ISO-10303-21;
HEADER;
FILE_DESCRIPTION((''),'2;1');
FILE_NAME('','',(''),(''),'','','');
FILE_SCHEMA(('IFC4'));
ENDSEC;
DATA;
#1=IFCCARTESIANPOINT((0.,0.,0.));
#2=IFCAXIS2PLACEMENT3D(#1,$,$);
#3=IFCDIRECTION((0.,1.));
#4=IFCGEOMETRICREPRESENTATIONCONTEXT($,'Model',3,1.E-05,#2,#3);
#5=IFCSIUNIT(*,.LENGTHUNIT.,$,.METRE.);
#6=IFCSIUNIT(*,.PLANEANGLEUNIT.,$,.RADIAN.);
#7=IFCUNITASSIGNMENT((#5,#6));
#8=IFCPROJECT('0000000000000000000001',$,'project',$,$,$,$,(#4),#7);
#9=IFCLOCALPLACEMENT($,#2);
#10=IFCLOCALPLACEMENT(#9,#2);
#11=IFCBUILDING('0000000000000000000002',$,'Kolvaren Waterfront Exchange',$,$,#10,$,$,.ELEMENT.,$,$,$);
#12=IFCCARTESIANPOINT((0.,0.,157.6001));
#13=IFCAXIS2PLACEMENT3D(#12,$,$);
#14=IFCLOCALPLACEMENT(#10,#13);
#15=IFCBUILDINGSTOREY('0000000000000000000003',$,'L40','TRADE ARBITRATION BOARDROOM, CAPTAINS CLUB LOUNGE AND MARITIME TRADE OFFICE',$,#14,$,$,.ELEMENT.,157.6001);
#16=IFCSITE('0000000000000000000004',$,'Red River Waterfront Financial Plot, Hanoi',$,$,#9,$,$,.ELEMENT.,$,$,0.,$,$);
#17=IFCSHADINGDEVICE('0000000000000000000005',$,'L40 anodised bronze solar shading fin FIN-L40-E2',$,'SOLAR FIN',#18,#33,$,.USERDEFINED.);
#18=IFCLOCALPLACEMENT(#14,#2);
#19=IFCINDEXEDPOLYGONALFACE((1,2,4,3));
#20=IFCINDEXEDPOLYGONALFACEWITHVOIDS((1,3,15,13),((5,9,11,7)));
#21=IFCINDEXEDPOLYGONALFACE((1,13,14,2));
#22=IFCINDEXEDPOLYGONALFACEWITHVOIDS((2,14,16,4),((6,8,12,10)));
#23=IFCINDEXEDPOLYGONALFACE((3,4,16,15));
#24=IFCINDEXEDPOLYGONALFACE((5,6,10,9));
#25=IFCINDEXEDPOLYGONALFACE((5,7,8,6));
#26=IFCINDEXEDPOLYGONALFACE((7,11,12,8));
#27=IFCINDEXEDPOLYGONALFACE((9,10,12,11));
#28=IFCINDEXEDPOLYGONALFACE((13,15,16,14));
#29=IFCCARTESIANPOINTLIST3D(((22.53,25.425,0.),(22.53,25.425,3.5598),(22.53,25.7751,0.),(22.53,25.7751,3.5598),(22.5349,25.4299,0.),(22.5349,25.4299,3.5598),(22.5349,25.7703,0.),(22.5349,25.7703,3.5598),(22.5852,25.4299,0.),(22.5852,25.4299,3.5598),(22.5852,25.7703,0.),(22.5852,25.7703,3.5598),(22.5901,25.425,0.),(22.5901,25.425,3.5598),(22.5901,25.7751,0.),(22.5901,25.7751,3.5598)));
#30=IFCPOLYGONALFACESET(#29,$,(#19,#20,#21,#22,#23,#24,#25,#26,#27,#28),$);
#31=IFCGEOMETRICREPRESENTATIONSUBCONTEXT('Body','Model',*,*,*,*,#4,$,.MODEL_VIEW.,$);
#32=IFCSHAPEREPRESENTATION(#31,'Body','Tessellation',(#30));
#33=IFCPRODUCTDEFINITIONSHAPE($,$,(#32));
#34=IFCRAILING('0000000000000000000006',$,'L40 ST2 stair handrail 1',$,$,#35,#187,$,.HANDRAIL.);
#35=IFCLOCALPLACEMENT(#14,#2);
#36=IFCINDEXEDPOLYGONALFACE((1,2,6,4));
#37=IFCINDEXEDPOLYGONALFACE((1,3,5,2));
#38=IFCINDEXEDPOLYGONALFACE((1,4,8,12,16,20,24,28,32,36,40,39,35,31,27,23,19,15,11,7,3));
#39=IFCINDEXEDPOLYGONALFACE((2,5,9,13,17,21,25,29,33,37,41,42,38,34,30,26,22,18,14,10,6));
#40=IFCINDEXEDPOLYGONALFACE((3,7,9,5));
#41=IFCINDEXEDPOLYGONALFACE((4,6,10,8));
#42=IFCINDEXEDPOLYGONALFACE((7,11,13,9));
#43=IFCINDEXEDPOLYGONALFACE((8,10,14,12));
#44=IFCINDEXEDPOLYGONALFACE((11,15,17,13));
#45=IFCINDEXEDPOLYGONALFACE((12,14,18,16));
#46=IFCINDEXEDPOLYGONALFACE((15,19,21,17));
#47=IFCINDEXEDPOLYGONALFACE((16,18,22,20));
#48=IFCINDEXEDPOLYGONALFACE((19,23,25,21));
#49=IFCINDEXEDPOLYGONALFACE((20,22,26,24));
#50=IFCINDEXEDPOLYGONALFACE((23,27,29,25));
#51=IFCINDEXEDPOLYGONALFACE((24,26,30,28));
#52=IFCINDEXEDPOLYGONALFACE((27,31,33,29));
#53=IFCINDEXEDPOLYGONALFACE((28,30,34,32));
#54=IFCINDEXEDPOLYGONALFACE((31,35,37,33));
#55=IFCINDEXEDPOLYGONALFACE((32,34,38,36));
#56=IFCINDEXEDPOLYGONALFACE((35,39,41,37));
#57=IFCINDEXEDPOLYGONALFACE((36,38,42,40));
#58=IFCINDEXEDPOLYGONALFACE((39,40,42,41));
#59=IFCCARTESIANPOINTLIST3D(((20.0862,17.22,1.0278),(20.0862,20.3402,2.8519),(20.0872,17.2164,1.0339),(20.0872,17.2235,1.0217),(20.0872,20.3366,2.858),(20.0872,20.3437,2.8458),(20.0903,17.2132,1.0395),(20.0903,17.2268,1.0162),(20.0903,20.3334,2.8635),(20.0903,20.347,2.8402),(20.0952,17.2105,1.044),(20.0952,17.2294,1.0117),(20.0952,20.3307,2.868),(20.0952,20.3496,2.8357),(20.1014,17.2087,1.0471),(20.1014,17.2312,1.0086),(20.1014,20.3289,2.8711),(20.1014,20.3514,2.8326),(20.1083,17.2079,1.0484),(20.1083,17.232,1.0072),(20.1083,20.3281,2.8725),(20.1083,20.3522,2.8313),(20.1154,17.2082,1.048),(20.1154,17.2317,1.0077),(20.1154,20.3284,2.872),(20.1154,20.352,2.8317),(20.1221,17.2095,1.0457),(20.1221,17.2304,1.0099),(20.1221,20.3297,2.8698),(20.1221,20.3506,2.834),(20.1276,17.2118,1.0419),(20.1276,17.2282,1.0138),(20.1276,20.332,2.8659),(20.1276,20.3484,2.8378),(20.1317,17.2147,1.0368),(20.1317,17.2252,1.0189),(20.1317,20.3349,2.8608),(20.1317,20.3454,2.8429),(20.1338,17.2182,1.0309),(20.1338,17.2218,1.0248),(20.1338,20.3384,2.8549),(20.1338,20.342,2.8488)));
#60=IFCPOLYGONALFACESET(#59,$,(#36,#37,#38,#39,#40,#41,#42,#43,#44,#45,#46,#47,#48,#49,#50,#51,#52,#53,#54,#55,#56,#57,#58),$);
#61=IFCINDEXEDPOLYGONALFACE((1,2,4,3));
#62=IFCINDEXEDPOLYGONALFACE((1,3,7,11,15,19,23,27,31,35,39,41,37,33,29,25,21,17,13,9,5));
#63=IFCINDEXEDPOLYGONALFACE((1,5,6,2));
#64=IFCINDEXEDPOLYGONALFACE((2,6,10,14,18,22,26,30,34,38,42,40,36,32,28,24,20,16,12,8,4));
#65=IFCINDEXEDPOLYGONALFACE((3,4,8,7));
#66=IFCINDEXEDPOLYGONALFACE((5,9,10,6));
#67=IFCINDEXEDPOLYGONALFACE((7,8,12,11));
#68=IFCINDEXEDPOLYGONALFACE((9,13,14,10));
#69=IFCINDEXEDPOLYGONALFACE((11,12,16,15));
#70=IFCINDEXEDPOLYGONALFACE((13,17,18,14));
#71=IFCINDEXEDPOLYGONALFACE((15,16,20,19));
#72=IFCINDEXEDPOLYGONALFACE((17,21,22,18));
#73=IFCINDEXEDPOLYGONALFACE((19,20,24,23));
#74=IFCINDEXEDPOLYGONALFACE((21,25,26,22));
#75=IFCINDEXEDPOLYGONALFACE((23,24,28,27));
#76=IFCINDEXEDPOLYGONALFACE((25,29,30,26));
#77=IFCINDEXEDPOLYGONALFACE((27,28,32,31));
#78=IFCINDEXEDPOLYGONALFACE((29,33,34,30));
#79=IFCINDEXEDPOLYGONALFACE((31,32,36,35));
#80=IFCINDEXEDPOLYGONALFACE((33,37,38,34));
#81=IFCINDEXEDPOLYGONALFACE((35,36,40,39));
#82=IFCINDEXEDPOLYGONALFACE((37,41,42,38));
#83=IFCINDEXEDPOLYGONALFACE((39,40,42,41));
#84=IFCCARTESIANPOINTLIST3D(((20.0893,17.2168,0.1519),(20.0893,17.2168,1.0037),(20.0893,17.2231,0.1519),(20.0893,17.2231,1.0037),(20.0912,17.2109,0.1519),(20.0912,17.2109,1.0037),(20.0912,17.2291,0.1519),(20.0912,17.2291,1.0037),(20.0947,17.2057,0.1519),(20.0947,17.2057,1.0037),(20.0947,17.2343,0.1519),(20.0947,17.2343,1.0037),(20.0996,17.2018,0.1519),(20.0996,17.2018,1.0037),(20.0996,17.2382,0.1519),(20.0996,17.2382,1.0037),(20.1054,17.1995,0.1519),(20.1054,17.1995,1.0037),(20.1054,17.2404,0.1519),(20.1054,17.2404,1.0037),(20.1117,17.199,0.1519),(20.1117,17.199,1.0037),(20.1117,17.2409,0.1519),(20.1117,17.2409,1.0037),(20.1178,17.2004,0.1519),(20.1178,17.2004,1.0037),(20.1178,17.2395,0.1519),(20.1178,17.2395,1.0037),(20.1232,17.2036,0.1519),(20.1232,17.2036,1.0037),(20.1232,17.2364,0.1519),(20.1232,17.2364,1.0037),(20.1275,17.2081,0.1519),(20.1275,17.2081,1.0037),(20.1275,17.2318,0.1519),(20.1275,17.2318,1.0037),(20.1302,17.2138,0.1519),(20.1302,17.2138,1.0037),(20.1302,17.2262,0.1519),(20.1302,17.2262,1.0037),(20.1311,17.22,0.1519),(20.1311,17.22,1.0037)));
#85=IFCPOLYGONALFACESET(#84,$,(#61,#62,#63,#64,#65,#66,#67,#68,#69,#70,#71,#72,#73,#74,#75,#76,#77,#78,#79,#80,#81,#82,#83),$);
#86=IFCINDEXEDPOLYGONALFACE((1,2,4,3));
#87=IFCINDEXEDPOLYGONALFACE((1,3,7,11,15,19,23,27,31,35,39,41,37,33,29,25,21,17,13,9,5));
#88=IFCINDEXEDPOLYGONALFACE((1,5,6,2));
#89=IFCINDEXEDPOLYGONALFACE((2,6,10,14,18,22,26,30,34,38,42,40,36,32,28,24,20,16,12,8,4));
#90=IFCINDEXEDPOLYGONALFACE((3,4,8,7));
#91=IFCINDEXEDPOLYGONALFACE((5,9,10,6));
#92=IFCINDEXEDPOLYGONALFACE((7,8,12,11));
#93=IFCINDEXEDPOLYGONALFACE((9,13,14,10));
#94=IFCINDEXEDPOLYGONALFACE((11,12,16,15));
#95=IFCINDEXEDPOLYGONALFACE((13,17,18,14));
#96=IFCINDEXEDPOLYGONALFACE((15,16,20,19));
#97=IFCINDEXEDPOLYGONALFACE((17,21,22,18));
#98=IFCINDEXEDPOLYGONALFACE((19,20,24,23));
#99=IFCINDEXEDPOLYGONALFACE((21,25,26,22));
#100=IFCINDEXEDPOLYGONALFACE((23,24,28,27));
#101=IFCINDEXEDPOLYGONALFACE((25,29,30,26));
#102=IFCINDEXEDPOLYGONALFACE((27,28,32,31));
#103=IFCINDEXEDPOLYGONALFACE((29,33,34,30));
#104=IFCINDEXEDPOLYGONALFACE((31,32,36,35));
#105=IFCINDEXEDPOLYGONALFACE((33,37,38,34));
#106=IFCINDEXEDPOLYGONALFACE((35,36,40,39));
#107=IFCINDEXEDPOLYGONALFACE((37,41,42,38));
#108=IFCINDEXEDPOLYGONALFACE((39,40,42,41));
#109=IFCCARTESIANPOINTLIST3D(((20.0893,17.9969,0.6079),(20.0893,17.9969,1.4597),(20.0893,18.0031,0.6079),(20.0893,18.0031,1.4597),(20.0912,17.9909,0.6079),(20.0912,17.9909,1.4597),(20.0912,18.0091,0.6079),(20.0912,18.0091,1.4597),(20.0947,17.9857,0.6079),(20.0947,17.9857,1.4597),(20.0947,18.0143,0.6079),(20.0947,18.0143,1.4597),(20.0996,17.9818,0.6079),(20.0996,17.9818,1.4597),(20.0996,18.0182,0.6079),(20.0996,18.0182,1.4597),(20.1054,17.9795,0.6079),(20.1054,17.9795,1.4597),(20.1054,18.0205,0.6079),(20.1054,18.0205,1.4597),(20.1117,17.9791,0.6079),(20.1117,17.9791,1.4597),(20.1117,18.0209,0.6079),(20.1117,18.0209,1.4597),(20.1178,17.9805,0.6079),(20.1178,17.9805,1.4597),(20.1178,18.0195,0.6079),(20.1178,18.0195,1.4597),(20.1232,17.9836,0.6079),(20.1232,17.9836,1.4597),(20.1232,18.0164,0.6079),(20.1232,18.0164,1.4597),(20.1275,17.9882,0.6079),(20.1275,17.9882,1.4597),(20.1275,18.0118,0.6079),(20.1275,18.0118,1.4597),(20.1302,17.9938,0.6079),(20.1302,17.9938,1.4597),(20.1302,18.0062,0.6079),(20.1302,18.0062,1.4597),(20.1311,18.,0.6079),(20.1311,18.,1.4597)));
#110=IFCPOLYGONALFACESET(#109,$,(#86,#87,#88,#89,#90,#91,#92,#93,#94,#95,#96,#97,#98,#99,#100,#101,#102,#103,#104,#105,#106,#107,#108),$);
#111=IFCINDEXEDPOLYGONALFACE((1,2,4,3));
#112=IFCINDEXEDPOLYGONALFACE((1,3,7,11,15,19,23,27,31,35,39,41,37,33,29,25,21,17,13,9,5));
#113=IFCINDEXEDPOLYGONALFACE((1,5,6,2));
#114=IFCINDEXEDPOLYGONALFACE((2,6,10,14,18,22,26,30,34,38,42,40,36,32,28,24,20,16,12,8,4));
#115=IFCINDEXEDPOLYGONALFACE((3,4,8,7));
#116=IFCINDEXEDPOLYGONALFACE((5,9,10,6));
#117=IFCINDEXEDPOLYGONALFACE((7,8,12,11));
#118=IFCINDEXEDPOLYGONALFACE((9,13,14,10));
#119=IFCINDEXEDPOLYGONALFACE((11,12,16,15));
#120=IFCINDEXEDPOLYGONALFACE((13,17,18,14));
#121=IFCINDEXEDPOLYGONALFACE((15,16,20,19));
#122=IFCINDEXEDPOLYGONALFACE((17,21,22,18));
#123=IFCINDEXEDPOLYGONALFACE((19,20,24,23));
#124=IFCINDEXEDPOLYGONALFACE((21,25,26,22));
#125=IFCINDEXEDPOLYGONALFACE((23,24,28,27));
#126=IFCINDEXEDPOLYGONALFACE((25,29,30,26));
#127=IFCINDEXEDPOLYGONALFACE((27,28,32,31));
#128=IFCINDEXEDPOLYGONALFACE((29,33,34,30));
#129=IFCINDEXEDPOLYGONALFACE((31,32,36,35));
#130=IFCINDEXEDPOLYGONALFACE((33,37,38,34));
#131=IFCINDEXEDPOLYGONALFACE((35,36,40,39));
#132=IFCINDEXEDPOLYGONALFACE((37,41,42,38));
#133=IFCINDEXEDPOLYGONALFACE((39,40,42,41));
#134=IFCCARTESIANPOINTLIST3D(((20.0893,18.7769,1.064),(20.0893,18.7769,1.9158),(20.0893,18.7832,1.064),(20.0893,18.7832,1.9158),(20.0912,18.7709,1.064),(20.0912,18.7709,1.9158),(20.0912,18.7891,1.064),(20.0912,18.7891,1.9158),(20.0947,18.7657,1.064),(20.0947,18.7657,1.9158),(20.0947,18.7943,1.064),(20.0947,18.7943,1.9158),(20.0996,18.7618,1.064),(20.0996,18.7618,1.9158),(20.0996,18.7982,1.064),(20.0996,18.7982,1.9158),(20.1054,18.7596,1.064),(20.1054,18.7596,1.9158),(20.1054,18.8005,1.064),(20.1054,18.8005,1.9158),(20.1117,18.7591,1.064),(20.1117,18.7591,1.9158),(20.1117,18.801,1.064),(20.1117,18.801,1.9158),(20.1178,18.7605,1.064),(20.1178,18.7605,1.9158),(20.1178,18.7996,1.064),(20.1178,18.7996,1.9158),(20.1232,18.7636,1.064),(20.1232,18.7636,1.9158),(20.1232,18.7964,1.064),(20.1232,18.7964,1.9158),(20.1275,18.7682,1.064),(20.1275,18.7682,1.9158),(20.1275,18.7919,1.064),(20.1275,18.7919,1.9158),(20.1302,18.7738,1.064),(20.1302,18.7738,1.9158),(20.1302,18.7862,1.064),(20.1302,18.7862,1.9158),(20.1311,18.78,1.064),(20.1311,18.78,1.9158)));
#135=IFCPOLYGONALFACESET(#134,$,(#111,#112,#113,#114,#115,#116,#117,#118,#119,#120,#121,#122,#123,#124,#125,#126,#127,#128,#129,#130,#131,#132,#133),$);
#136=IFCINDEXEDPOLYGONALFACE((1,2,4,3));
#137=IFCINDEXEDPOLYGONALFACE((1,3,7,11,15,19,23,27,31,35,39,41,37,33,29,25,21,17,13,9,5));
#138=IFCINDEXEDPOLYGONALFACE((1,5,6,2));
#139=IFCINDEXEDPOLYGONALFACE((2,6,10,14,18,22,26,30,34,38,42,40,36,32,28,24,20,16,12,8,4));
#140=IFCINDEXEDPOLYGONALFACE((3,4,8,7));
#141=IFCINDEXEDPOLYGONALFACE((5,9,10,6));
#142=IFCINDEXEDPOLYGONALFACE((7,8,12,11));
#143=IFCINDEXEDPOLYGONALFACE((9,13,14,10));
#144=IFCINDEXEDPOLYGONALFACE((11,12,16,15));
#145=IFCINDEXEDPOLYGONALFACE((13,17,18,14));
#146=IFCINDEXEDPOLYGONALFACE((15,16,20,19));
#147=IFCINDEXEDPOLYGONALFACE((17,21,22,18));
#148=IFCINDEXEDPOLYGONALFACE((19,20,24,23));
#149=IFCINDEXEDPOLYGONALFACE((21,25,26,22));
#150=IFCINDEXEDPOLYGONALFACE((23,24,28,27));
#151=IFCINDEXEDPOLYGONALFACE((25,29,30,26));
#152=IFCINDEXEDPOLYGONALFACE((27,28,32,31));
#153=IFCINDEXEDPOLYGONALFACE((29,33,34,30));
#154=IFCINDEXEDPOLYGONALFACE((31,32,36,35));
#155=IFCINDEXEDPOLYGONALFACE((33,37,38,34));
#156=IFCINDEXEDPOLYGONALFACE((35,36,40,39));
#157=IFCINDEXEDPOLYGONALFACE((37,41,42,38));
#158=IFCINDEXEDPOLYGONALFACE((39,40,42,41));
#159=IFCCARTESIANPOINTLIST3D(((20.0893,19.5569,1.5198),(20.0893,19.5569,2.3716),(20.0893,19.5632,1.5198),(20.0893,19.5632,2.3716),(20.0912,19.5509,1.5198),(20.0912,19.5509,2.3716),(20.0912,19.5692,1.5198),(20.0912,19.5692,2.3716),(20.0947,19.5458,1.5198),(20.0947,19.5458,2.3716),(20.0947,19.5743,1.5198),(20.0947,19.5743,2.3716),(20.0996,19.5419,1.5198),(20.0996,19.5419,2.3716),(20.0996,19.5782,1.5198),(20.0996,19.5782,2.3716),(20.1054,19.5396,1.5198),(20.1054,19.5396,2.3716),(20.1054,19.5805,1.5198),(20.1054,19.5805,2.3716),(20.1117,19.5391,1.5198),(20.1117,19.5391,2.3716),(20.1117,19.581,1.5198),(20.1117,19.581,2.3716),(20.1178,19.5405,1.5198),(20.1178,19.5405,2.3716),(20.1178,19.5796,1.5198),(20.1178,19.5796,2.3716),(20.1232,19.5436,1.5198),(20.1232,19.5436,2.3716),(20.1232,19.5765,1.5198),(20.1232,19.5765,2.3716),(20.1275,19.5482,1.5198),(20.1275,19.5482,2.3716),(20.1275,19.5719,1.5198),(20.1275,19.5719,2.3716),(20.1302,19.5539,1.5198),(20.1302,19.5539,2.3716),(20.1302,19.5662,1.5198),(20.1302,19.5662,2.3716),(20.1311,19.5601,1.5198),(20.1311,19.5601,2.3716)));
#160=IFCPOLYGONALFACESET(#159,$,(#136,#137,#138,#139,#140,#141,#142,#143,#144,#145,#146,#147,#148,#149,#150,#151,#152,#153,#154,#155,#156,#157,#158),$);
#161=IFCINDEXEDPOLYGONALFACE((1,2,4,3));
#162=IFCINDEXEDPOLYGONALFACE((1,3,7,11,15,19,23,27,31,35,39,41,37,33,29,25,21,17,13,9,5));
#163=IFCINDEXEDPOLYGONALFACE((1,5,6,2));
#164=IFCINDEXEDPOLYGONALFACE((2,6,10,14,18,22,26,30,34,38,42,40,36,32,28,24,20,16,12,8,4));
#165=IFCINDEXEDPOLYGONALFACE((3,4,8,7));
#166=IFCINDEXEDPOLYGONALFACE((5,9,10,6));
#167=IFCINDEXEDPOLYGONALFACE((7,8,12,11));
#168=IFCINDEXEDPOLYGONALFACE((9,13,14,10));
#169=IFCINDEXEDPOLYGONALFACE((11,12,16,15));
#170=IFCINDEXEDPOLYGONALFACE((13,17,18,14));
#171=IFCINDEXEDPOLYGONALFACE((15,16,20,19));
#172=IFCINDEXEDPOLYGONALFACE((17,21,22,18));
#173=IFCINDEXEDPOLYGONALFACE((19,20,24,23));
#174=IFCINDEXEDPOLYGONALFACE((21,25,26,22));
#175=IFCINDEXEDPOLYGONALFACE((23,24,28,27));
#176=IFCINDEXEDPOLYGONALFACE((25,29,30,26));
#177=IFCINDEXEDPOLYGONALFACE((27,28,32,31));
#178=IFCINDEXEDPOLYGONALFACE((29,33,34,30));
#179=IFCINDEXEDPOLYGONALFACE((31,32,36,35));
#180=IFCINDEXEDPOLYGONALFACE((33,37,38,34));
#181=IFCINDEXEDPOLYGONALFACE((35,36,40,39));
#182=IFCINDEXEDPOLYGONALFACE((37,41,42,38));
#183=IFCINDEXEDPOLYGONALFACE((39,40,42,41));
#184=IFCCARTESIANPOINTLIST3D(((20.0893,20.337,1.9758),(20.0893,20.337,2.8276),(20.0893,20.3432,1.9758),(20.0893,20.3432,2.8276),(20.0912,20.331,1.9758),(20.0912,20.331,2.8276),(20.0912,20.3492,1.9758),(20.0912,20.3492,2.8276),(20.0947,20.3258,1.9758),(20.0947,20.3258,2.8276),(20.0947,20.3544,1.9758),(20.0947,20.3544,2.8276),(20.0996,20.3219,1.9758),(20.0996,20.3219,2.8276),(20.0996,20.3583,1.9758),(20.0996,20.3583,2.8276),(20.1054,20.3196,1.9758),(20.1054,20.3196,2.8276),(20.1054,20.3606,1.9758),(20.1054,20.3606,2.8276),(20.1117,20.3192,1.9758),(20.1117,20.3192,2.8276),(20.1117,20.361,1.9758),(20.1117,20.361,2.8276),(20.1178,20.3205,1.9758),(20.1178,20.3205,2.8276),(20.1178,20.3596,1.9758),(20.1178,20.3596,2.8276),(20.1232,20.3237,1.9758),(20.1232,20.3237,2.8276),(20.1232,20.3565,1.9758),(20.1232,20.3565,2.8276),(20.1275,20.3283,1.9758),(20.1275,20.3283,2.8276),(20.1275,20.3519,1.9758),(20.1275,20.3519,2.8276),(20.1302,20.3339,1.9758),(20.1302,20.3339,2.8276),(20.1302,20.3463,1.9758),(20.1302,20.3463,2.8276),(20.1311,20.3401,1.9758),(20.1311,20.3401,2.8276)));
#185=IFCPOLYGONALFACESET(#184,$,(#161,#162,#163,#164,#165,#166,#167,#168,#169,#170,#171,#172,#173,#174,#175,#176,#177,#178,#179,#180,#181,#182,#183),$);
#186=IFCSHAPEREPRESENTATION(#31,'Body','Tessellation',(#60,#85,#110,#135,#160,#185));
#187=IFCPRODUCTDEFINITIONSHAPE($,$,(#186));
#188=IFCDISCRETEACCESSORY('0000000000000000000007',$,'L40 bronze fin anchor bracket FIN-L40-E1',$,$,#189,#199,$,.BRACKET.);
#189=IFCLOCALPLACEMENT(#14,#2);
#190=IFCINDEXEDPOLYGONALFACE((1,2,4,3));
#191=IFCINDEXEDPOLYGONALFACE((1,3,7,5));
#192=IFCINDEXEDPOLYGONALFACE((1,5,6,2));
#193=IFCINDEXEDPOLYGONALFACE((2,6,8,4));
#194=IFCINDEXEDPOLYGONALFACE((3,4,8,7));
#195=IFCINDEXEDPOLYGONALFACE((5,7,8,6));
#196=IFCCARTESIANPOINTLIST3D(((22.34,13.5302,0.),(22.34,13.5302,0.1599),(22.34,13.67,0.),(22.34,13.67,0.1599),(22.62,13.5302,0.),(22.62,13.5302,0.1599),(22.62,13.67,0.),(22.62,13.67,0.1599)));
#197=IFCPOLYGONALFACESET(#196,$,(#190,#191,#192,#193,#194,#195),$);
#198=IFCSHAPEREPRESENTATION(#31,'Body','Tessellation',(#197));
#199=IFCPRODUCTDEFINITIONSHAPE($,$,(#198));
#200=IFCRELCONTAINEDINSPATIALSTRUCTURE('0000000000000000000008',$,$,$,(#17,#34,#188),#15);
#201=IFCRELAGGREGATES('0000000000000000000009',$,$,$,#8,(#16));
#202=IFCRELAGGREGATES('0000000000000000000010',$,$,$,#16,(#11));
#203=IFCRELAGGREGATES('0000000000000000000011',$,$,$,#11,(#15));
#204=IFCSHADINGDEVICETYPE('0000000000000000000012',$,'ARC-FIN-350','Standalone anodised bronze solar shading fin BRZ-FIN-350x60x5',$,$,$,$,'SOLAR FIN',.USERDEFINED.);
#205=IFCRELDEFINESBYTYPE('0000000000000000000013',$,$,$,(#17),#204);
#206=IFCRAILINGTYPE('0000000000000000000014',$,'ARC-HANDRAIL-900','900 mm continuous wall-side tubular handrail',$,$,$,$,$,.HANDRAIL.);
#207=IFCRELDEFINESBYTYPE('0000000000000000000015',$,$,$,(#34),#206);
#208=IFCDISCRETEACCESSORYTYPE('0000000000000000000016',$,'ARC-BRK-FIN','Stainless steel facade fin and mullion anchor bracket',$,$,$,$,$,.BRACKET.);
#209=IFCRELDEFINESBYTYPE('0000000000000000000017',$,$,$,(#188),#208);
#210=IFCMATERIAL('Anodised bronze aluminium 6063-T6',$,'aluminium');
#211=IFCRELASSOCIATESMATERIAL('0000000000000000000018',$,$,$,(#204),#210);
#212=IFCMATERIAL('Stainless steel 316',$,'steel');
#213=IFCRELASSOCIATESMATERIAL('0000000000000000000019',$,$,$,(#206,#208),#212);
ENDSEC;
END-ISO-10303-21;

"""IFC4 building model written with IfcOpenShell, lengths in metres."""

from ifc_helpers import new_model, si_unit, direction, frame, origin, origin_with_axes, origin_2d, place, context, subcontext, project, spatial, rectangle, hollow_rectangle, circle, extrude, source, transform, mapped, material, material_profile, profile_set, type_object, element, save


model = new_model("IFC4")

# Units and contexts
model_context = context("Model", 3, precision=1e-05, world=origin(), true_north=direction((0.0, 1.0)))
body_context = subcontext(model_context, "Body", "Model", "MODEL_VIEW")
ifc_project = project(units=[si_unit("LENGTHUNIT", "METRE"), si_unit("PLANEANGLEUNIT", "RADIAN")], contexts=[model_context])

# Site, building, storey
site_placement = place(None, origin())
site = spatial("IfcSite", under=ifc_project, at=site_placement, Name="Red River Waterfront Financial Plot, Hanoi", CompositionType="ELEMENT", RefElevation=0.0)
building_placement = place(site_placement, origin())
building = spatial("IfcBuilding", under=site, at=building_placement, Name="Kolvaren Waterfront Exchange", CompositionType="ELEMENT")
storey_placement = place(building_placement, frame((0.0, 0.0, 157.6001)))
storey = spatial("IfcBuildingStorey", under=building, at=storey_placement, Name="L40", Description="TRADE ARBITRATION BOARDROOM, CAPTAINS CLUB LOUNGE AND MARITIME TRADE OFFICE", CompositionType="ELEMENT", Elevation=157.6001)

# Shading device
ifc_material_1 = material(Name="Anodised bronze aluminium 6063-T6", Category="aluminium")
ifc_material_profile_1 = material_profile(ifc_material_1, hollow_rectangle(XDim=0.0601, YDim=0.3501, WallThickness=0.0049, at=origin_2d()), Name="BRZ-FIN-350x60x5")
ifc_profile_set_1 = profile_set([ifc_material_profile_1], Name="Anodised bronze aluminium 6063-T6")
shading_device_type = type_object("IfcShadingDeviceType", Name="ARC-FIN-350", Description="Standalone anodised bronze solar shading fin BRZ-FIN-350x60x5", ElementType="SOLAR FIN", PredefinedType="USERDEFINED", material=ifc_profile_set_1)
for number, where, z_axis, x_axis, name in (
    (1, (22.5601, 25.6001, 0.0), (0.0, 0.0, 1.0), (1.0, 0.0, 0.0), "L40 anodised bronze solar shading fin FIN-L40-E2"),
):
    element("IfcShadingDevice", number, at=place(storey_placement, frame(where, z_axis=z_axis, x_axis=x_axis)), inside=storey, type_object=shading_device_type, Name=name, ObjectType="SOLAR FIN", PredefinedType="USERDEFINED", context=body_context, shape_type="SweptSolid", body=[
        extrude(hollow_rectangle(XDim=0.0601, YDim=0.3501, WallThickness=0.0049, at=origin_2d()), origin(), (0.0, 0.0, 1.0), 3.5598),
    ])

# Railing
ifc_material_2 = material(Name="Stainless steel 316", Category="steel")
railing_type = type_object("IfcRailingType", Name="ARC-HANDRAIL-900", Description="900 mm continuous wall-side tubular handrail", PredefinedType="HANDRAIL", material=ifc_material_2)
railing_placement = place(storey_placement, frame((20.1101, 17.22, 0.1519)))
element("IfcRailing", 2, at=railing_placement, inside=storey, type_object=railing_type, Name="L40 ST2 stair handrail 1", PredefinedType="HANDRAIL", context=body_context, shape_type="SweptSolid", body=[
    extrude(circle(Radius=0.0239, at=origin_2d()), frame((0.0, 0.0, 0.876), z_axis=(0.0, 0.863308, 0.504677), x_axis=(-1.0, 0.0, 0.0)), (0.0, 0.0, 1.0), 3.6143),
    extrude(circle(Radius=0.021, at=origin_2d()), origin(), (0.0, 0.0, 1.0), 0.8518),
    extrude(circle(Radius=0.021, at=origin_2d()), frame((0.0, 0.78, 0.4561)), (0.0, 0.0, 1.0), 0.8518),
    extrude(circle(Radius=0.021, at=origin_2d()), frame((0.0, 1.5601, 0.9121)), (0.0, 0.0, 1.0), 0.8518),
    extrude(circle(Radius=0.021, at=origin_2d()), frame((0.0, 2.3401, 1.3679)), (0.0, 0.0, 1.0), 0.8518),
    extrude(circle(Radius=0.021, at=origin_2d()), frame((0.0, 3.1201, 1.824)), (0.0, 0.0, 1.0), 0.8518),
])

# Discrete accessory
discrete_accessory_type = type_object("IfcDiscreteAccessoryType", Name="ARC-BRK-FIN", Description="Stainless steel facade fin and mullion anchor bracket", PredefinedType="BRACKET", material=ifc_material_2)
shared_shape = source(origin_with_axes(), body_context, "Body", "SweptSolid", [
    extrude(rectangle(XDim=0.28, YDim=0.1399, at=origin_2d()), origin(), (0.0, 0.0, 1.0), 0.1599),
])
for number, where, z_axis, x_axis, name in (
    (3, (22.48, 13.6001, 0.0), (0.0, 0.0, 1.0), (1.0, 0.0, 0.0), "L40 bronze fin anchor bracket FIN-L40-E1"),
):
    element("IfcDiscreteAccessory", number, at=place(storey_placement, frame(where, z_axis=z_axis, x_axis=x_axis)), inside=storey, type_object=discrete_accessory_type, Name=name, PredefinedType="BRACKET", context=body_context, shape_type="MappedRepresentation", body=[
        mapped(shared_shape, transform((0.0, 0.0, 0.0), x_axis=(1.0, 0.0, 0.0), y_axis=(0.0, 1.0, 0.0), z_axis=(0.0, 0.0, 1.0), scale=1.0)),
    ])

save(model, "model.ifc")
